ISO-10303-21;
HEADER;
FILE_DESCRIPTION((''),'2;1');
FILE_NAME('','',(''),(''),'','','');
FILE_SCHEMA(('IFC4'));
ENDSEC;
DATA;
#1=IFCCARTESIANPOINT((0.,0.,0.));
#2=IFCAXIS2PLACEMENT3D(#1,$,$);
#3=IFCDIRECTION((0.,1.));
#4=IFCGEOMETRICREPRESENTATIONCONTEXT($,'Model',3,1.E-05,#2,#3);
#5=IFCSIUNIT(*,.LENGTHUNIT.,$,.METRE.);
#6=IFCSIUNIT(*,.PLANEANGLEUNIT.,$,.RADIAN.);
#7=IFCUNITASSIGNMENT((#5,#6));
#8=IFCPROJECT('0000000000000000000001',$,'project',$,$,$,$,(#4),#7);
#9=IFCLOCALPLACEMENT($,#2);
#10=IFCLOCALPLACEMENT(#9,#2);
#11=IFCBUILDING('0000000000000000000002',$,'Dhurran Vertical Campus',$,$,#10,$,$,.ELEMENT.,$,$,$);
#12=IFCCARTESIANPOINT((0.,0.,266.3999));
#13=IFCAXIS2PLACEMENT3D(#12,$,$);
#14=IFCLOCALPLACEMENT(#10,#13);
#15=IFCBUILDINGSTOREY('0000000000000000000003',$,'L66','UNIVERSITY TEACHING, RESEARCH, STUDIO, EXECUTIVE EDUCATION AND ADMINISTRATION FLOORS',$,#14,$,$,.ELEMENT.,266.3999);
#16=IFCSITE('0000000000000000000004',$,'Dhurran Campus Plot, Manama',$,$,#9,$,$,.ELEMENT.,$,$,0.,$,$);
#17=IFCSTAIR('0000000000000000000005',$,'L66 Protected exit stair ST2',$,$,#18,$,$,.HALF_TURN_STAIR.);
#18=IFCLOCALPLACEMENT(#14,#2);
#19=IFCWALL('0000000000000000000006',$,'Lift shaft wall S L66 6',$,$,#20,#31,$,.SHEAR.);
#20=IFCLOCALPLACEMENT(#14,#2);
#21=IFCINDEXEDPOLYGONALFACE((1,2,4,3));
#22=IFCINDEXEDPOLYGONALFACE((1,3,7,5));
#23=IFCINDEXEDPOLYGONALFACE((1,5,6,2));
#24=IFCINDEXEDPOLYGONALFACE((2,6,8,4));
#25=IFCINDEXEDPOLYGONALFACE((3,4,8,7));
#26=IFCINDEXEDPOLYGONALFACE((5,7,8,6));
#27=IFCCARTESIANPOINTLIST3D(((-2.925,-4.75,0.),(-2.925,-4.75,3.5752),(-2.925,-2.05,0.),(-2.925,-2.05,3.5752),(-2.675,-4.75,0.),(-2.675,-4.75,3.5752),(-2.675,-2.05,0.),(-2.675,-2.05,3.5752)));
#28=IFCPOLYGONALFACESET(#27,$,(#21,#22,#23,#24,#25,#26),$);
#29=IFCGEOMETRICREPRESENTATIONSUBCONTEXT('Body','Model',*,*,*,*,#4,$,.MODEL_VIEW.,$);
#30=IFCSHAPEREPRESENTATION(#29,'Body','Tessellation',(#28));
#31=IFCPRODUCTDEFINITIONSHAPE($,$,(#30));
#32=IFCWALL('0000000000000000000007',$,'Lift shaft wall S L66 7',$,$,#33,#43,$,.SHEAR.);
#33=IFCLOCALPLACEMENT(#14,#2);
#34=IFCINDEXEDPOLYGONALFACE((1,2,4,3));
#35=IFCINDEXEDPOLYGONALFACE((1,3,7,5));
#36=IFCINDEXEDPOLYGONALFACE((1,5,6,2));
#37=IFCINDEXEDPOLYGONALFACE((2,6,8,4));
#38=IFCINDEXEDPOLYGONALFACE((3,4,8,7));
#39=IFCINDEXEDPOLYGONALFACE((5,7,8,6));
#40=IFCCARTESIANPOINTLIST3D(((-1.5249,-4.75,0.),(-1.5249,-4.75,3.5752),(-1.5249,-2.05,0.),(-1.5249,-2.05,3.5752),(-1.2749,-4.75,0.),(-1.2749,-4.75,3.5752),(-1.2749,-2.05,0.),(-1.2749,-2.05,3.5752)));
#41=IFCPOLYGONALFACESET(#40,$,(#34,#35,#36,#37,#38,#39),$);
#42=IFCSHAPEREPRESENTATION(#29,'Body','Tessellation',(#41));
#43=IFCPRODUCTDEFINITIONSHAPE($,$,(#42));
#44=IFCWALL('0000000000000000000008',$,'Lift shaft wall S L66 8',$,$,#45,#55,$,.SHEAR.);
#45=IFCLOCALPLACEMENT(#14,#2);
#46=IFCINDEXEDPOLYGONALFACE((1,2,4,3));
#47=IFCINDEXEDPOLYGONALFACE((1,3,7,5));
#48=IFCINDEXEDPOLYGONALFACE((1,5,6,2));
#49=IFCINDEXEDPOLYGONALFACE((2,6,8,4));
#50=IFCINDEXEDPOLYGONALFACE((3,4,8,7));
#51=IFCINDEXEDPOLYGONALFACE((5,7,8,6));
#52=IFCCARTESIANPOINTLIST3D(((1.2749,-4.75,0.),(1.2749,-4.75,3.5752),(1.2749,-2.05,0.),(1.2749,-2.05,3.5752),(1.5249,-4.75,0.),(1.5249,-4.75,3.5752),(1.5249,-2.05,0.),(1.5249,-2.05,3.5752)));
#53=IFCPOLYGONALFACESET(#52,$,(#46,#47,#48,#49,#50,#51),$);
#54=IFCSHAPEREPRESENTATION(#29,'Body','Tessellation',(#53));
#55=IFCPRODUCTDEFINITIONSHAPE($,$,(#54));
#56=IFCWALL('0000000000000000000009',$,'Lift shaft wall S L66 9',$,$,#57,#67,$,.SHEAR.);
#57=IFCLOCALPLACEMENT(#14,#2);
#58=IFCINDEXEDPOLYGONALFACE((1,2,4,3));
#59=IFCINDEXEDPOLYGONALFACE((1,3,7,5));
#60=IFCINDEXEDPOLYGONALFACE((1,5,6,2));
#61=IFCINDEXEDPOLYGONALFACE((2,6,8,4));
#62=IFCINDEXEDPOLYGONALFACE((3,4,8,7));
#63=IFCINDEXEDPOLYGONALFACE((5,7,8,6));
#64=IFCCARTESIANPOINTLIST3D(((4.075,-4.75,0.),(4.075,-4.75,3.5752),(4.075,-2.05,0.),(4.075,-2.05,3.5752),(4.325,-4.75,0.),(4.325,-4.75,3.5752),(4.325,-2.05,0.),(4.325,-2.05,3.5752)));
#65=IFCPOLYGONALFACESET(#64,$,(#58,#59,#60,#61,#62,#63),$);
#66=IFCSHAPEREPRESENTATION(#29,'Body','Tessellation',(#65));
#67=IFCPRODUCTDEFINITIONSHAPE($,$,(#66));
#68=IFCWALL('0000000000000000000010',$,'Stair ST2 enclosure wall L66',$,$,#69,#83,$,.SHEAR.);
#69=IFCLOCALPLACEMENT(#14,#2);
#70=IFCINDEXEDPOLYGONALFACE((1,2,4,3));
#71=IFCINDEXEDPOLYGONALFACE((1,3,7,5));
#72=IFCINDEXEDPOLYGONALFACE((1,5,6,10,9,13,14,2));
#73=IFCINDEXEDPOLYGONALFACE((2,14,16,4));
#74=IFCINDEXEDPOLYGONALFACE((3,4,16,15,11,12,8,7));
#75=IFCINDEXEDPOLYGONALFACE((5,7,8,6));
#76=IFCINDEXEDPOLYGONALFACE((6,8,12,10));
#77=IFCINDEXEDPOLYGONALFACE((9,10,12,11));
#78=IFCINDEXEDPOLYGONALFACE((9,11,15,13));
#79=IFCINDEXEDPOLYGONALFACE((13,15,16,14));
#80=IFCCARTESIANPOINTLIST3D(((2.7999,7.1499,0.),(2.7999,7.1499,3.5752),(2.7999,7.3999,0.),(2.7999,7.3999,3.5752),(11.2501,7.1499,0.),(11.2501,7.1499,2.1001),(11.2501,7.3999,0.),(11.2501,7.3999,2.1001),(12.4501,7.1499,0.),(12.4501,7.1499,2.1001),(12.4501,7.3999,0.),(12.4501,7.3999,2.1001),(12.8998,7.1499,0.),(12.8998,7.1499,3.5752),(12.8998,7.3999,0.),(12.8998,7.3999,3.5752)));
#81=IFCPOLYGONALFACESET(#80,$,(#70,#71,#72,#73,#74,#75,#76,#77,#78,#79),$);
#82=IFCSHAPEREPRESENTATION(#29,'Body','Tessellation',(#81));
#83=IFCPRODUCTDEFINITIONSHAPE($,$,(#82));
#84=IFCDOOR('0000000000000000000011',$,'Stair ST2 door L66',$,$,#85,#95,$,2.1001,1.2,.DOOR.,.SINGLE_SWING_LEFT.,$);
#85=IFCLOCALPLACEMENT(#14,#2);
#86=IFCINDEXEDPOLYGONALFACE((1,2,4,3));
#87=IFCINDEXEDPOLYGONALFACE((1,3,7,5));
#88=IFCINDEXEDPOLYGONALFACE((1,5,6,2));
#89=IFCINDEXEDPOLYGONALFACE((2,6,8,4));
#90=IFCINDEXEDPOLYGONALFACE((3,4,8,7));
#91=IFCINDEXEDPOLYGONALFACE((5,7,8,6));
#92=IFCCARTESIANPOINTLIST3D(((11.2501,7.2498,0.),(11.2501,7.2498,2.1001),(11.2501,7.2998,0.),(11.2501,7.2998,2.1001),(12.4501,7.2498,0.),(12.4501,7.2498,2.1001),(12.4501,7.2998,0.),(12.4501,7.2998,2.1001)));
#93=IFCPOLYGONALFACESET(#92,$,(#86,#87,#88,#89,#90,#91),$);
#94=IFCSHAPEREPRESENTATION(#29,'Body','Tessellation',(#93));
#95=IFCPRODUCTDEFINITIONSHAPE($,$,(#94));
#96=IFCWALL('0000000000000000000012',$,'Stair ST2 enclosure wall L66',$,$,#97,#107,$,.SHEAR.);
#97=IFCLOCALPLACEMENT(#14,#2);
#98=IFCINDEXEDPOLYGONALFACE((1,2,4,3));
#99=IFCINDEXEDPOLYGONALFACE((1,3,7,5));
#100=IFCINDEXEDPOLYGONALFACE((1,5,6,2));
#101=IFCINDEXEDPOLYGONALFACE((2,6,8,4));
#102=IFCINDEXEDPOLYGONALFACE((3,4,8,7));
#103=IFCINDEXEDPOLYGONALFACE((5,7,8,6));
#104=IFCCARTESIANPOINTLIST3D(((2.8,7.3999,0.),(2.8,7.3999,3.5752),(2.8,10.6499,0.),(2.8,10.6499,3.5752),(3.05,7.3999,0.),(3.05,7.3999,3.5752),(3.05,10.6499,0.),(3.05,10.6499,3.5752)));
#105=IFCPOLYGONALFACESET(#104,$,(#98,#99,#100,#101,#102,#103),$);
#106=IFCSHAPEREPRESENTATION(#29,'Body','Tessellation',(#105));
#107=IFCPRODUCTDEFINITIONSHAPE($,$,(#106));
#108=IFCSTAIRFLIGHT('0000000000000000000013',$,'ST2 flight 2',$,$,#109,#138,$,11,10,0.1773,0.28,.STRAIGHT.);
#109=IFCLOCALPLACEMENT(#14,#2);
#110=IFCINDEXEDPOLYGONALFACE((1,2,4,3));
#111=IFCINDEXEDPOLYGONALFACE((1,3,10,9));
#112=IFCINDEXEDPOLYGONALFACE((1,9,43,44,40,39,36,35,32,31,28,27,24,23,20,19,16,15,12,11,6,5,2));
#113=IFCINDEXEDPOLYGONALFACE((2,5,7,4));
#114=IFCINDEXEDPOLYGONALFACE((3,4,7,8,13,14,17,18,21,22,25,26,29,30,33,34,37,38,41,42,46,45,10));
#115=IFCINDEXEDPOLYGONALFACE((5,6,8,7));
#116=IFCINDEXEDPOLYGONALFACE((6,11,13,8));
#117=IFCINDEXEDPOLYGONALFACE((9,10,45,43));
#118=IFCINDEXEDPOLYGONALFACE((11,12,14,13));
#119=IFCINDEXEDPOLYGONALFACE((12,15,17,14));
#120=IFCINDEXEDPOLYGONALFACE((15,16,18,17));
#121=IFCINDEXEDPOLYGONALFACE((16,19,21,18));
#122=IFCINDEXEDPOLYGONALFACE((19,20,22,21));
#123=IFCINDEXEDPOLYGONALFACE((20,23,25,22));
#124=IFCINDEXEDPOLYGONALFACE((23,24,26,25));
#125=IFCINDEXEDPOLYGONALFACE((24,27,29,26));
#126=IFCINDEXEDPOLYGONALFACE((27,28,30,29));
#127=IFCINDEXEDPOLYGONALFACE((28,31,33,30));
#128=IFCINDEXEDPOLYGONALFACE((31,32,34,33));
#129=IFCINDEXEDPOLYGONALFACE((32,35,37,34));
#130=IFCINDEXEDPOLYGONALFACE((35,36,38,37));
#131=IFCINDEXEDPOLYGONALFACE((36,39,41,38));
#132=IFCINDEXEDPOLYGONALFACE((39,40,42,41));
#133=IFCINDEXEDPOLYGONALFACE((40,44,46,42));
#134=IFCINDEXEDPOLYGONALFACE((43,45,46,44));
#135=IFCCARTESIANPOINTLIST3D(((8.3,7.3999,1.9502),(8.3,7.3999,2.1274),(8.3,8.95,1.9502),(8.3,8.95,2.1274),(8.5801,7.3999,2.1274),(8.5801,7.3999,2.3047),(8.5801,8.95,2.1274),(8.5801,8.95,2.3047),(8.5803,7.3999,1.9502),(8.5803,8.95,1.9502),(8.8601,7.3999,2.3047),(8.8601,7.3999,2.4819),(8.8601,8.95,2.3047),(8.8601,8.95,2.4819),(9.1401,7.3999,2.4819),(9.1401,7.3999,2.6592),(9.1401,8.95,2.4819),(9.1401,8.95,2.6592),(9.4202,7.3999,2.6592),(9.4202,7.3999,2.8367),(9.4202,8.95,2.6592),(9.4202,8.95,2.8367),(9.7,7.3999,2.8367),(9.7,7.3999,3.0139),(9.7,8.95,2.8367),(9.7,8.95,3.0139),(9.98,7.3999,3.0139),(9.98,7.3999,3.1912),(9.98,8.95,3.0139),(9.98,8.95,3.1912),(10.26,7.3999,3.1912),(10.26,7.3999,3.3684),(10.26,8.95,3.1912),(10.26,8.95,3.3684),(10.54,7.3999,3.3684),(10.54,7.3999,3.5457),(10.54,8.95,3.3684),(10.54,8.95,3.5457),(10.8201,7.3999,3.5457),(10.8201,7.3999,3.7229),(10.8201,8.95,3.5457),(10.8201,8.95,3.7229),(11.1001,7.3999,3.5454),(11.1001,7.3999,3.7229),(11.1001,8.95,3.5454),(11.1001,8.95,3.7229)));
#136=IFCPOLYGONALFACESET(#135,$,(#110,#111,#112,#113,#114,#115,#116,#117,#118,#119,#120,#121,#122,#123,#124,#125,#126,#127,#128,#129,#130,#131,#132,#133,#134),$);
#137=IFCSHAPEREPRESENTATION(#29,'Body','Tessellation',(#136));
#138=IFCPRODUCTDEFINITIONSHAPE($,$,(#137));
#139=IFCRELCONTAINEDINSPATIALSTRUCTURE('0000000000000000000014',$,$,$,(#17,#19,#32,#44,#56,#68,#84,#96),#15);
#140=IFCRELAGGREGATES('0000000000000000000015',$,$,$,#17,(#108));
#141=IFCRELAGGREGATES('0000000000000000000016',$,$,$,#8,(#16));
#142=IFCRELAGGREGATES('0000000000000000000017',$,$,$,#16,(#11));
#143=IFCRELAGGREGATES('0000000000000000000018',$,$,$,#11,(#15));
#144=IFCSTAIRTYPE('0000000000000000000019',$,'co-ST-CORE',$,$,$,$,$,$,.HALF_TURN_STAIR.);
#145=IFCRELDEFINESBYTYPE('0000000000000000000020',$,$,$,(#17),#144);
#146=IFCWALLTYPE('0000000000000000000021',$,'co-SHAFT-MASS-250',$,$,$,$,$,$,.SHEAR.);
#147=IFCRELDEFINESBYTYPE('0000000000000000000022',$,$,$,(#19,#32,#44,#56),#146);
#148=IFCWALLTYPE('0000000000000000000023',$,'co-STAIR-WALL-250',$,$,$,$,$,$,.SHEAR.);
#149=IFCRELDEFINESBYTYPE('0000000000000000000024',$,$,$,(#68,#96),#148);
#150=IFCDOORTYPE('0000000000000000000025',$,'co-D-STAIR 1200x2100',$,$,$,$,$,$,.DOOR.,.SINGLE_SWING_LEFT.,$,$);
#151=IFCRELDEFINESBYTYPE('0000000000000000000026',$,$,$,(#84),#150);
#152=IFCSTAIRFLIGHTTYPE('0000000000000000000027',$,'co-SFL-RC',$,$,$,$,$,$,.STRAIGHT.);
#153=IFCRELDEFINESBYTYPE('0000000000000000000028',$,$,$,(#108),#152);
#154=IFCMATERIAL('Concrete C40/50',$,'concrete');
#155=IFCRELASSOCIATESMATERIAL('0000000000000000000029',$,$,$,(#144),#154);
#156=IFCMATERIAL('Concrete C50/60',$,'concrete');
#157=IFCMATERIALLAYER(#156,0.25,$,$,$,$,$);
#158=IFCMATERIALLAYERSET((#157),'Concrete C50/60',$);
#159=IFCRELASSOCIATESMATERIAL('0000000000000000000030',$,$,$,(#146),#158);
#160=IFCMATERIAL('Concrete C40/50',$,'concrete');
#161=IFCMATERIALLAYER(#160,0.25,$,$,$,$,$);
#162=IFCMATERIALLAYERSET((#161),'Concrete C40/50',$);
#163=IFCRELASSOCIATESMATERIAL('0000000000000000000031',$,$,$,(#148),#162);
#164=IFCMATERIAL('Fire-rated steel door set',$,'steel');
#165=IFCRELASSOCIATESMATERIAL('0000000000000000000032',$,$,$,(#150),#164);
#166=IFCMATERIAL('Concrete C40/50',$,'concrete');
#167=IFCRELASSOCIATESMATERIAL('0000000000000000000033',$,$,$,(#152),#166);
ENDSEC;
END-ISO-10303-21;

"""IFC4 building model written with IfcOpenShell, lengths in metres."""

from ifc_helpers import new_model, si_unit, direction, frame, frame_2d, origin, place, context, subcontext, project, spatial, polyline, rectangle, outline, extrude, material, layer, layer_set, type_object, element, fill, aggregate, save


model = new_model("IFC4")

# Units and contexts
model_context = context("Model", 3, precision=1e-05, world=origin(), true_north=direction((0.0, 1.0)))
body_context = subcontext(model_context, "Body", "Model", "MODEL_VIEW")
ifc_project = project(units=[si_unit("LENGTHUNIT", "METRE"), si_unit("PLANEANGLEUNIT", "RADIAN")], contexts=[model_context])

# Site, building, storey
site_placement = place(None, origin())
site = spatial("IfcSite", under=ifc_project, at=site_placement, Name="Dhurran Campus Plot, Manama", CompositionType="ELEMENT", RefElevation=0.0)
building_placement = place(site_placement, origin())
building = spatial("IfcBuilding", under=site, at=building_placement, Name="Dhurran Vertical Campus", CompositionType="ELEMENT")
storey_placement = place(building_placement, frame((0.0, 0.0, 266.3999)))
storey = spatial("IfcBuildingStorey", under=building, at=storey_placement, Name="L66", Description="UNIVERSITY TEACHING, RESEARCH, STUDIO, EXECUTIVE EDUCATION AND ADMINISTRATION FLOORS", CompositionType="ELEMENT", Elevation=266.3999)

# Stair
ifc_material_1 = material(Name="Concrete C40/50", Category="concrete")
stair_type = type_object("IfcStairType", Name="co-ST-CORE", PredefinedType="HALF_TURN_STAIR", material=ifc_material_1)
stair_1_placement = place(storey_placement, origin())
stair_1 = element("IfcStair", 1, at=stair_1_placement, inside=storey, type_object=stair_type, Name="L66 Protected exit stair ST2", PredefinedType="HALF_TURN_STAIR")

# Walls
ifc_material_2 = material(Name="Concrete C50/60", Category="concrete")
ifc_layer_1 = layer(ifc_material_2, 0.25)
ifc_layer_set_1 = layer_set([ifc_layer_1], Name="Concrete C50/60")
wall_type_1 = type_object("IfcWallType", Name="co-SHAFT-MASS-250", PredefinedType="SHEAR", material=ifc_layer_set_1)
wall_1_placement = place(storey_placement, origin())
element("IfcWall", 2, at=wall_1_placement, inside=storey, type_object=wall_type_1, Name="Lift shaft wall S L66 6", PredefinedType="SHEAR", context=body_context, shape_type="SweptSolid", body=[
    extrude(outline(polyline([(-2.925, -4.75), (-2.675, -4.75), (-2.675, -2.05), (-2.925, -2.05), (-2.925, -4.75)])), origin(), (0.0, 0.0, 1.0), 3.5752),
])
wall_2_placement = place(storey_placement, origin())
element("IfcWall", 3, at=wall_2_placement, inside=storey, type_object=wall_type_1, Name="Lift shaft wall S L66 7", PredefinedType="SHEAR", context=body_context, shape_type="SweptSolid", body=[
    extrude(outline(polyline([(-1.5249, -4.75), (-1.2749, -4.75), (-1.2749, -2.05), (-1.5249, -2.05), (-1.5249, -4.75)])), origin(), (0.0, 0.0, 1.0), 3.5752),
])
wall_3_placement = place(storey_placement, origin())
element("IfcWall", 4, at=wall_3_placement, inside=storey, type_object=wall_type_1, Name="Lift shaft wall S L66 8", PredefinedType="SHEAR", context=body_context, shape_type="SweptSolid", body=[
    extrude(outline(polyline([(1.2749, -4.75), (1.5249, -4.75), (1.5249, -2.05), (1.2749, -2.05), (1.2749, -4.75)])), origin(), (0.0, 0.0, 1.0), 3.5752),
])
wall_4_placement = place(storey_placement, origin())
element("IfcWall", 5, at=wall_4_placement, inside=storey, type_object=wall_type_1, Name="Lift shaft wall S L66 9", PredefinedType="SHEAR", context=body_context, shape_type="SweptSolid", body=[
    extrude(outline(polyline([(4.075, -4.75), (4.325, -4.75), (4.325, -2.05), (4.075, -2.05), (4.075, -4.75)])), origin(), (0.0, 0.0, 1.0), 3.5752),
])

# Wall, opening, door
ifc_material_3 = material(Name="Concrete C40/50", Category="concrete")
ifc_layer_2 = layer(ifc_material_3, 0.25)
ifc_layer_set_2 = layer_set([ifc_layer_2], Name="Concrete C40/50")
wall_type_2 = type_object("IfcWallType", Name="co-STAIR-WALL-250", PredefinedType="SHEAR", material=ifc_layer_set_2)
wall_5_placement = place(storey_placement, frame((2.8, 7.2749, 0.0), z_axis=(0.0, 0.0, 1.0), x_axis=(1.0, 0.0, 0.0)))
wall_5 = element("IfcWall", 6, at=wall_5_placement, inside=storey, type_object=wall_type_2, Name="Stair ST2 enclosure wall L66", PredefinedType="SHEAR", context=body_context, shape_type="SweptSolid", body=[
    extrude(rectangle(XDim=10.0999, YDim=0.25, at=frame_2d((5.0498, 0.0))), origin(), (0.0, 0.0, 1.0), 3.5752),
])
opening_1_placement = place(wall_5_placement, frame((8.45, 0.0, 0.0)))
opening_1 = element("IfcOpeningElement", 7, at=opening_1_placement, cuts=wall_5, PredefinedType="OPENING", context=body_context, shape_type="SweptSolid", body=[
    extrude(rectangle(XDim=1.2, YDim=2.1001, at=frame_2d((0.6001, 1.05))), frame((0.0, 0.135, 0.0), z_axis=(0.0, -1.0, 0.0), x_axis=(1.0, 0.0, 0.0)), (0.0, 0.0, 1.0), 0.27),
])
ifc_material_4 = material(Name="Fire-rated steel door set", Category="steel")
door_type_1 = type_object("IfcDoorType", Name="co-D-STAIR 1200x2100", OperationType="SINGLE_SWING_LEFT", PredefinedType="DOOR", material=ifc_material_4)
door_1_placement = place(opening_1_placement, origin())
door_1 = element("IfcDoor", 8, at=door_1_placement, inside=storey, type_object=door_type_1, Name="Stair ST2 door L66", OperationType="SINGLE_SWING_LEFT", OverallHeight=2.1001, OverallWidth=1.2, PredefinedType="DOOR", context=body_context, shape_type="SweptSolid", body=[
    extrude(rectangle(XDim=1.2, YDim=2.1001, at=frame_2d((0.6001, 1.05))), frame((0.0, 0.0249, 0.0), z_axis=(0.0, -1.0, 0.0), x_axis=(1.0, 0.0, 0.0)), (0.0, 0.0, 1.0), 0.05),
])
fill(opening_1, door_1)

# Wall
wall_6_placement = place(storey_placement, frame((2.925, 7.3999, 0.0), z_axis=(0.0, 0.0, 1.0), x_axis=(0.0, 1.0, 0.0)))
element("IfcWall", 9, at=wall_6_placement, inside=storey, type_object=wall_type_2, Name="Stair ST2 enclosure wall L66", PredefinedType="SHEAR", context=body_context, shape_type="SweptSolid", body=[
    extrude(rectangle(XDim=3.25, YDim=0.25, at=frame_2d((1.625, 0.0))), origin(), (0.0, 0.0, 1.0), 3.5752),
])

# Stair flight
ifc_material_5 = material(Name="Concrete C40/50", Category="concrete")
stair_flight_type = type_object("IfcStairFlightType", Name="co-SFL-RC", PredefinedType="STRAIGHT", material=ifc_material_5)
stair_flight_placement = place(storey_placement, frame((8.3, 8.175, 1.9502), z_axis=(0.0, 0.0, 1.0), x_axis=(1.0, 0.0, 0.0)))
stair_flight = element("IfcStairFlight", 10, at=stair_flight_placement, type_object=stair_flight_type, Name="ST2 flight 2", NumberOfRisers=11, NumberOfTreads=10, PredefinedType="STRAIGHT", RiserHeight=0.1773, TreadLength=0.28, context=body_context, shape_type="SweptSolid", body=[
    extrude(outline(polyline([(0.0, 0.0), (0.0, 0.1772), (0.28, 0.1772), (0.28, 0.3545), (0.5601, 0.3545), (0.5601, 0.5317), (0.8401, 0.5317), (0.8401, 0.709), (1.1201, 0.709), (1.1201, 0.8865), (1.3999, 0.8865), (1.3999, 1.0637), (1.6799, 1.0637), (1.6799, 1.241), (1.96, 1.241), (1.96, 1.4182), (2.24, 1.4182), (2.24, 1.5955), (2.52, 1.5955), (2.52, 1.7727), (2.8, 1.7727), (2.8, 1.95), (2.8, 1.5952), (0.2803, 0.0), (0.0, 0.0)])), frame((0.0, 0.7749, 0.0), z_axis=(0.0, -1.0, 0.0), x_axis=(1.0, 0.0, 0.0)), (0.0, 0.0, 1.0), 1.55),
])
aggregate(stair_1, [stair_flight])

save(model, "model.ifc")
